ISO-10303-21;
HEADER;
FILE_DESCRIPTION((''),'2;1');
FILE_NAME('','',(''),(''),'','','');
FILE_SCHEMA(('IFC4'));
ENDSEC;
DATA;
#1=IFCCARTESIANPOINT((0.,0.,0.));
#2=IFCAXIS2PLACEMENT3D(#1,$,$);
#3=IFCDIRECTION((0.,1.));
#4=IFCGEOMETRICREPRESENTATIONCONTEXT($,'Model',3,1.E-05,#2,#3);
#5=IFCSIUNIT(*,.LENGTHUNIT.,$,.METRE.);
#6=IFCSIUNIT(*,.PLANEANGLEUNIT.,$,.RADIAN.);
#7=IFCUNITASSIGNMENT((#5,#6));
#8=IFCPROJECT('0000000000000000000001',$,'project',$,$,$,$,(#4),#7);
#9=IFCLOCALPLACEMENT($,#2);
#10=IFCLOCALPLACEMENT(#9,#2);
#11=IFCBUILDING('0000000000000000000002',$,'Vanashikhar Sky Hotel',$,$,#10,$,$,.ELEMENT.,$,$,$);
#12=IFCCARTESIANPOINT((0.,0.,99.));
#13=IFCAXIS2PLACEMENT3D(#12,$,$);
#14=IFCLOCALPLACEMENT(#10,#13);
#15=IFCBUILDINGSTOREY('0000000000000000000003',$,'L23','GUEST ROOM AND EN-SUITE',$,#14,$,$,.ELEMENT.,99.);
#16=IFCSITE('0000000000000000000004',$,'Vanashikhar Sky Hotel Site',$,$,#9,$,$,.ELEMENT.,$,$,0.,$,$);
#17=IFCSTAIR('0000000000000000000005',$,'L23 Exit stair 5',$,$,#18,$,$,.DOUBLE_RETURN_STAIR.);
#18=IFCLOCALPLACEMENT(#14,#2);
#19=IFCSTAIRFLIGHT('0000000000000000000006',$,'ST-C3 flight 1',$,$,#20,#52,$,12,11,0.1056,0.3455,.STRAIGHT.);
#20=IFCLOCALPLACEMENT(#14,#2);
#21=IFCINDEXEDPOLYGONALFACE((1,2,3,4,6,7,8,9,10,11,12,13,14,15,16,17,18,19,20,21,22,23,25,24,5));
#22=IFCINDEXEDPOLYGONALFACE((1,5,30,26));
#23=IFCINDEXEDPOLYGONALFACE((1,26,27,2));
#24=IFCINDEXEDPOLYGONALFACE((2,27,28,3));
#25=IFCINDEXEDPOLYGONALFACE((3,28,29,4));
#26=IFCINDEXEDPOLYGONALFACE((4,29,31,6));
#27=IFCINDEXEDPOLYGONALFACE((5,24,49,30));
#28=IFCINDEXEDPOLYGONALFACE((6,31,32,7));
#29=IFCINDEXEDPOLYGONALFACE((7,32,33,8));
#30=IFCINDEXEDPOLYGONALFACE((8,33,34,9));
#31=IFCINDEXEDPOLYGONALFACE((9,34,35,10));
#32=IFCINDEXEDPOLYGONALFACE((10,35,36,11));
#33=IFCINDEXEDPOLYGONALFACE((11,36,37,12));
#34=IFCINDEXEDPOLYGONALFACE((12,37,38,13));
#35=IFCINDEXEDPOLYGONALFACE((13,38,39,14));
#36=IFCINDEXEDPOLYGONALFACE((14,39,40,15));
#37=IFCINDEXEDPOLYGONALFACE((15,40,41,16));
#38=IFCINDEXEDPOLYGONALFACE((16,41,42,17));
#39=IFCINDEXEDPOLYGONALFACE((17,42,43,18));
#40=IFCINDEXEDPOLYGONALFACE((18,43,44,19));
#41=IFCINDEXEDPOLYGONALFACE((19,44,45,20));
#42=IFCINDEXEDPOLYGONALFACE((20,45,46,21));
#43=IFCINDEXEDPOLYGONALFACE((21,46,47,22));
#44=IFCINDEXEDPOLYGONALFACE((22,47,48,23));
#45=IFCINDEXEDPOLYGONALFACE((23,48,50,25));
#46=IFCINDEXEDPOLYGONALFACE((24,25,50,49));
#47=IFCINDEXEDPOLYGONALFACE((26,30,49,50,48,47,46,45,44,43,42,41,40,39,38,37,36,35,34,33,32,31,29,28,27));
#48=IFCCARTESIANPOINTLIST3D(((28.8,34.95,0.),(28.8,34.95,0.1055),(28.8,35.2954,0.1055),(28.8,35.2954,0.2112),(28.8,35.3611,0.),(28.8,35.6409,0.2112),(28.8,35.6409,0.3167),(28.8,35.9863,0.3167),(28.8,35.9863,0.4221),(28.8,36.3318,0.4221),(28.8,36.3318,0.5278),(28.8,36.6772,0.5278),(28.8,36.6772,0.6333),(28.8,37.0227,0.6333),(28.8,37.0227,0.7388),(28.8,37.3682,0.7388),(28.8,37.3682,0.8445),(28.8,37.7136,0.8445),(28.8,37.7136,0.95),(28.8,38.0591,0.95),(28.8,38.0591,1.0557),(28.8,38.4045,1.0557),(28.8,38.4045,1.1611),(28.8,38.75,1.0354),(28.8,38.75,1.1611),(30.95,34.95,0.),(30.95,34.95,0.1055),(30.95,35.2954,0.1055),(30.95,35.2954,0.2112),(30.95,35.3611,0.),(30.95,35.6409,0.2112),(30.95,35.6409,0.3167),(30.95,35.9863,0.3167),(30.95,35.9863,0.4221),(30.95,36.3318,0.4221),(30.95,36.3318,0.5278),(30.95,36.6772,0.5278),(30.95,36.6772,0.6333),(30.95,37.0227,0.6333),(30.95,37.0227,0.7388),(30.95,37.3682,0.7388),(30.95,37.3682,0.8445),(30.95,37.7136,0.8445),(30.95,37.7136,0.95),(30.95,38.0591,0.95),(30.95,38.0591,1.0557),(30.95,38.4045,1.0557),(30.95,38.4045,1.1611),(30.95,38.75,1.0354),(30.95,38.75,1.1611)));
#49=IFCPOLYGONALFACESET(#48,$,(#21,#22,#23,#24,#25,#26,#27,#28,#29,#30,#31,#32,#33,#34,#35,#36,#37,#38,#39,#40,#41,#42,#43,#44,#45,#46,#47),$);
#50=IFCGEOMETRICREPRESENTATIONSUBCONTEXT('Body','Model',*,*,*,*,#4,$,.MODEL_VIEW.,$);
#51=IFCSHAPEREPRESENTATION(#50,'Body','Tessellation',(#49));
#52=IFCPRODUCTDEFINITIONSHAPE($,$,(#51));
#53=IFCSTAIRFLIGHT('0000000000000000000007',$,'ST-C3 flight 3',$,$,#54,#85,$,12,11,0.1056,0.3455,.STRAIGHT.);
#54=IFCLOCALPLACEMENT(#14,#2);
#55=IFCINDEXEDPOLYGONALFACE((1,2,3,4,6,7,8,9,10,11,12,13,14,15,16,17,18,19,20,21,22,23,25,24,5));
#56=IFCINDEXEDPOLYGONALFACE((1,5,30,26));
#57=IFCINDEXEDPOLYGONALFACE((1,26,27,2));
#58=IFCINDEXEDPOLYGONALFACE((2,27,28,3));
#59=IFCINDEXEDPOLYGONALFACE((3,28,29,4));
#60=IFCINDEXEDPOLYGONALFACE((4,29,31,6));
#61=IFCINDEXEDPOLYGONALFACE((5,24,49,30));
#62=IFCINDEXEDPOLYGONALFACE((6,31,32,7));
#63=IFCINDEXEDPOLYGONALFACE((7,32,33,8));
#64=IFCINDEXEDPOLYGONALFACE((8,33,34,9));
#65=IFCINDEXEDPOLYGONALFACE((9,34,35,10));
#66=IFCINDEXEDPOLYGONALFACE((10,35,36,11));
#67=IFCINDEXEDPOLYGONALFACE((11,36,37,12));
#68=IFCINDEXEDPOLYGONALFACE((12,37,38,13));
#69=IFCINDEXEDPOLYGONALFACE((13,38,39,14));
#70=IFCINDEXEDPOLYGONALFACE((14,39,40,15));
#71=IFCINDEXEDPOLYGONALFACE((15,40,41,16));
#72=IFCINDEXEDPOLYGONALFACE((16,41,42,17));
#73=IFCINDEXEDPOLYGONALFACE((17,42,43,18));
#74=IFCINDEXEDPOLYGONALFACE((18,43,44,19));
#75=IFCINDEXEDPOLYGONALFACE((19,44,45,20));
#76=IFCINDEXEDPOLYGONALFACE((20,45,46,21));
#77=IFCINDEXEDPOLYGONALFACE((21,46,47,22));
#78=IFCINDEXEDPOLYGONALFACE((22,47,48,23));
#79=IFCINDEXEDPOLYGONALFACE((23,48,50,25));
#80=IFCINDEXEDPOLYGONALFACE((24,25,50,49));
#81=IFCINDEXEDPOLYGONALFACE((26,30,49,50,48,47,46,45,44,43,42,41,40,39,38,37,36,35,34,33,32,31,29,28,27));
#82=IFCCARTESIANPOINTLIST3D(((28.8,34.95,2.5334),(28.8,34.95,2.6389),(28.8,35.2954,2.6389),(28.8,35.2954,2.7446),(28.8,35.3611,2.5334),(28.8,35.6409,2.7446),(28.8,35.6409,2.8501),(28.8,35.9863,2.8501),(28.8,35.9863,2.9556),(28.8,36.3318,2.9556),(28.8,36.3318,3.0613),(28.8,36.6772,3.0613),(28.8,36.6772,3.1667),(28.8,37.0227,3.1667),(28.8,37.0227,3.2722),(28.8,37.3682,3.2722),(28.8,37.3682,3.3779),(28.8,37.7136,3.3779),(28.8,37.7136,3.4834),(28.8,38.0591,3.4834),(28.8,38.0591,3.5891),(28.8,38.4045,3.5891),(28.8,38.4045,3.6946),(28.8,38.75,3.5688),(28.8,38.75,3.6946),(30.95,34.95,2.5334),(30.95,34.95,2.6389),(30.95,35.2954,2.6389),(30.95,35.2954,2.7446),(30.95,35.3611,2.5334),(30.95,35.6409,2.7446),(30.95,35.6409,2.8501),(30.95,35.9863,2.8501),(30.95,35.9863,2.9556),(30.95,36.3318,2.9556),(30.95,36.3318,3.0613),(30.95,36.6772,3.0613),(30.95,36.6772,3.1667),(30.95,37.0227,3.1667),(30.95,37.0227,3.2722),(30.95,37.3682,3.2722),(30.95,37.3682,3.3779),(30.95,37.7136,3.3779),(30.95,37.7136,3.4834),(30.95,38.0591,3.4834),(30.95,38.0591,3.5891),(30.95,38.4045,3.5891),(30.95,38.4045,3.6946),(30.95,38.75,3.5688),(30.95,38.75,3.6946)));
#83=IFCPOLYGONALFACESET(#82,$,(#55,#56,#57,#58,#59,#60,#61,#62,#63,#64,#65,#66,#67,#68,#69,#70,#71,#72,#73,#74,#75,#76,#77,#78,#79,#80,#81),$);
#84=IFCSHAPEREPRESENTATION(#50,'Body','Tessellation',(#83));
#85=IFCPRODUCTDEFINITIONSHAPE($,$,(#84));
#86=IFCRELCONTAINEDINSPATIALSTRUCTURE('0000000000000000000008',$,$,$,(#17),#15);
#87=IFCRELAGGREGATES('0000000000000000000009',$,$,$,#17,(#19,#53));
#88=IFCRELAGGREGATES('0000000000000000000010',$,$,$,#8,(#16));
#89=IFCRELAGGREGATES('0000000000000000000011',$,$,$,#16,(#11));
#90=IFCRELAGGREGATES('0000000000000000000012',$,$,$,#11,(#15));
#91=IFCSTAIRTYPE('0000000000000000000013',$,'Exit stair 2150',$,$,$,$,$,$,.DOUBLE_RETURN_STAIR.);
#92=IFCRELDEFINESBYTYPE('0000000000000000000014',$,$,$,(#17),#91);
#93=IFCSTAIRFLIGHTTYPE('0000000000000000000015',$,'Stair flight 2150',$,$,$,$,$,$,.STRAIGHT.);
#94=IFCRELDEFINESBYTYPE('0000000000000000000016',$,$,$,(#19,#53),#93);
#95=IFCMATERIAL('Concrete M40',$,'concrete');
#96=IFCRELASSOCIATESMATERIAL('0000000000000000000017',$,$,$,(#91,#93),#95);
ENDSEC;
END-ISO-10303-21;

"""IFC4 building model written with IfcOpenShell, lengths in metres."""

from ifc_helpers import new_model, si_unit, direction, frame, origin, place, context, subcontext, project, spatial, polyline, outline, extrude, source, transform, mapped, material, type_object, element, aggregate, save


model = new_model("IFC4")

# Units and contexts
model_context = context("Model", 3, precision=1e-05, world=origin(), true_north=direction((0.0, 1.0)))
body_context = subcontext(model_context, "Body", "Model", "MODEL_VIEW")
ifc_project = project(units=[si_unit("LENGTHUNIT", "METRE"), si_unit("PLANEANGLEUNIT", "RADIAN")], contexts=[model_context])

# Site, building, storey
site_placement = place(None, origin())
site = spatial("IfcSite", under=ifc_project, at=site_placement, Name="Vanashikhar Sky Hotel Site", CompositionType="ELEMENT", RefElevation=0.0)
building_placement = place(site_placement, origin())
building = spatial("IfcBuilding", under=site, at=building_placement, Name="Vanashikhar Sky Hotel", CompositionType="ELEMENT")
storey_placement = place(building_placement, frame((0.0, 0.0, 99.0)))
storey = spatial("IfcBuildingStorey", under=building, at=storey_placement, Name="L23", Description="GUEST ROOM AND EN-SUITE", CompositionType="ELEMENT", Elevation=99.0)

# Shared definitions
ifc_material_1 = material(Name="Concrete M40", Category="concrete")

# Stair, stair flights
stair_type = type_object("IfcStairType", Name="Exit stair 2150", PredefinedType="DOUBLE_RETURN_STAIR", material=ifc_material_1)
stair_flight_type = type_object("IfcStairFlightType", Name="Stair flight 2150", PredefinedType="STRAIGHT", material=ifc_material_1)
shared_shape_1 = source(origin(), body_context, "Body", "SweptSolid", [
    extrude(outline(polyline([(0.0, 0.0), (0.0, 0.1055), (0.3455, 0.1055), (0.3455, 0.2112), (0.6909, 0.2112), (0.6909, 0.3167), (1.0364, 0.3167), (1.0364, 0.4221), (1.3818, 0.4221), (1.3818, 0.5278), (1.7273, 0.5278), (1.7273, 0.6333), (2.0728, 0.6333), (2.0728, 0.7388), (2.4182, 0.7388), (2.4182, 0.8445), (2.7637, 0.8445), (2.7637, 0.95), (3.1091, 0.95), (3.1091, 1.0557), (3.4546, 1.0557), (3.4546, 1.1611), (3.8, 1.1611), (3.8, 1.2666), (3.8, 1.0354), (0.4111, 0.0), (0.0, 0.0)])), frame((0.0, 1.075, 0.0), z_axis=(0.0, -1.0, 0.0), x_axis=(1.0, 0.0, 0.0)), (0.0, 0.0, 1.0), 2.1499),
])
stair_1_placement = place(storey_placement, origin())
stair_1 = element("IfcStair", 1, at=stair_1_placement, inside=storey, type_object=stair_type, Name="L23 Exit stair 5", PredefinedType="DOUBLE_RETURN_STAIR")
stair_flight_1_placement = place(storey_placement, frame((29.875, 34.95, 0.0), z_axis=(0.0, 0.0, 1.0), x_axis=(0.0, 1.0, 0.0)))
stair_flight_1 = element("IfcStairFlight", 2, at=stair_flight_1_placement, type_object=stair_flight_type, Name="ST-C3 flight 1", NumberOfRisers=12, NumberOfTreads=11, PredefinedType="STRAIGHT", RiserHeight=0.1056, TreadLength=0.3455, context=body_context, shape_type="MappedRepresentation", body=[
    mapped(shared_shape_1, transform((0.0, 0.0, 0.0), scale=1.0)),
])
stair_flight_2_placement = place(storey_placement, frame((29.875, 34.95, 2.5334), z_axis=(0.0, 0.0, 1.0), x_axis=(0.0, 1.0, 0.0)))
stair_flight_2 = element("IfcStairFlight", 3, at=stair_flight_2_placement, type_object=stair_flight_type, Name="ST-C3 flight 3", NumberOfRisers=12, NumberOfTreads=11, PredefinedType="STRAIGHT", RiserHeight=0.1056, TreadLength=0.3455, context=body_context, shape_type="MappedRepresentation", body=[
    mapped(shared_shape_1, transform((0.0, 0.0, 0.0), scale=1.0)),
])
aggregate(stair_1, [stair_flight_1, stair_flight_2])

save(model, "model.ifc")
